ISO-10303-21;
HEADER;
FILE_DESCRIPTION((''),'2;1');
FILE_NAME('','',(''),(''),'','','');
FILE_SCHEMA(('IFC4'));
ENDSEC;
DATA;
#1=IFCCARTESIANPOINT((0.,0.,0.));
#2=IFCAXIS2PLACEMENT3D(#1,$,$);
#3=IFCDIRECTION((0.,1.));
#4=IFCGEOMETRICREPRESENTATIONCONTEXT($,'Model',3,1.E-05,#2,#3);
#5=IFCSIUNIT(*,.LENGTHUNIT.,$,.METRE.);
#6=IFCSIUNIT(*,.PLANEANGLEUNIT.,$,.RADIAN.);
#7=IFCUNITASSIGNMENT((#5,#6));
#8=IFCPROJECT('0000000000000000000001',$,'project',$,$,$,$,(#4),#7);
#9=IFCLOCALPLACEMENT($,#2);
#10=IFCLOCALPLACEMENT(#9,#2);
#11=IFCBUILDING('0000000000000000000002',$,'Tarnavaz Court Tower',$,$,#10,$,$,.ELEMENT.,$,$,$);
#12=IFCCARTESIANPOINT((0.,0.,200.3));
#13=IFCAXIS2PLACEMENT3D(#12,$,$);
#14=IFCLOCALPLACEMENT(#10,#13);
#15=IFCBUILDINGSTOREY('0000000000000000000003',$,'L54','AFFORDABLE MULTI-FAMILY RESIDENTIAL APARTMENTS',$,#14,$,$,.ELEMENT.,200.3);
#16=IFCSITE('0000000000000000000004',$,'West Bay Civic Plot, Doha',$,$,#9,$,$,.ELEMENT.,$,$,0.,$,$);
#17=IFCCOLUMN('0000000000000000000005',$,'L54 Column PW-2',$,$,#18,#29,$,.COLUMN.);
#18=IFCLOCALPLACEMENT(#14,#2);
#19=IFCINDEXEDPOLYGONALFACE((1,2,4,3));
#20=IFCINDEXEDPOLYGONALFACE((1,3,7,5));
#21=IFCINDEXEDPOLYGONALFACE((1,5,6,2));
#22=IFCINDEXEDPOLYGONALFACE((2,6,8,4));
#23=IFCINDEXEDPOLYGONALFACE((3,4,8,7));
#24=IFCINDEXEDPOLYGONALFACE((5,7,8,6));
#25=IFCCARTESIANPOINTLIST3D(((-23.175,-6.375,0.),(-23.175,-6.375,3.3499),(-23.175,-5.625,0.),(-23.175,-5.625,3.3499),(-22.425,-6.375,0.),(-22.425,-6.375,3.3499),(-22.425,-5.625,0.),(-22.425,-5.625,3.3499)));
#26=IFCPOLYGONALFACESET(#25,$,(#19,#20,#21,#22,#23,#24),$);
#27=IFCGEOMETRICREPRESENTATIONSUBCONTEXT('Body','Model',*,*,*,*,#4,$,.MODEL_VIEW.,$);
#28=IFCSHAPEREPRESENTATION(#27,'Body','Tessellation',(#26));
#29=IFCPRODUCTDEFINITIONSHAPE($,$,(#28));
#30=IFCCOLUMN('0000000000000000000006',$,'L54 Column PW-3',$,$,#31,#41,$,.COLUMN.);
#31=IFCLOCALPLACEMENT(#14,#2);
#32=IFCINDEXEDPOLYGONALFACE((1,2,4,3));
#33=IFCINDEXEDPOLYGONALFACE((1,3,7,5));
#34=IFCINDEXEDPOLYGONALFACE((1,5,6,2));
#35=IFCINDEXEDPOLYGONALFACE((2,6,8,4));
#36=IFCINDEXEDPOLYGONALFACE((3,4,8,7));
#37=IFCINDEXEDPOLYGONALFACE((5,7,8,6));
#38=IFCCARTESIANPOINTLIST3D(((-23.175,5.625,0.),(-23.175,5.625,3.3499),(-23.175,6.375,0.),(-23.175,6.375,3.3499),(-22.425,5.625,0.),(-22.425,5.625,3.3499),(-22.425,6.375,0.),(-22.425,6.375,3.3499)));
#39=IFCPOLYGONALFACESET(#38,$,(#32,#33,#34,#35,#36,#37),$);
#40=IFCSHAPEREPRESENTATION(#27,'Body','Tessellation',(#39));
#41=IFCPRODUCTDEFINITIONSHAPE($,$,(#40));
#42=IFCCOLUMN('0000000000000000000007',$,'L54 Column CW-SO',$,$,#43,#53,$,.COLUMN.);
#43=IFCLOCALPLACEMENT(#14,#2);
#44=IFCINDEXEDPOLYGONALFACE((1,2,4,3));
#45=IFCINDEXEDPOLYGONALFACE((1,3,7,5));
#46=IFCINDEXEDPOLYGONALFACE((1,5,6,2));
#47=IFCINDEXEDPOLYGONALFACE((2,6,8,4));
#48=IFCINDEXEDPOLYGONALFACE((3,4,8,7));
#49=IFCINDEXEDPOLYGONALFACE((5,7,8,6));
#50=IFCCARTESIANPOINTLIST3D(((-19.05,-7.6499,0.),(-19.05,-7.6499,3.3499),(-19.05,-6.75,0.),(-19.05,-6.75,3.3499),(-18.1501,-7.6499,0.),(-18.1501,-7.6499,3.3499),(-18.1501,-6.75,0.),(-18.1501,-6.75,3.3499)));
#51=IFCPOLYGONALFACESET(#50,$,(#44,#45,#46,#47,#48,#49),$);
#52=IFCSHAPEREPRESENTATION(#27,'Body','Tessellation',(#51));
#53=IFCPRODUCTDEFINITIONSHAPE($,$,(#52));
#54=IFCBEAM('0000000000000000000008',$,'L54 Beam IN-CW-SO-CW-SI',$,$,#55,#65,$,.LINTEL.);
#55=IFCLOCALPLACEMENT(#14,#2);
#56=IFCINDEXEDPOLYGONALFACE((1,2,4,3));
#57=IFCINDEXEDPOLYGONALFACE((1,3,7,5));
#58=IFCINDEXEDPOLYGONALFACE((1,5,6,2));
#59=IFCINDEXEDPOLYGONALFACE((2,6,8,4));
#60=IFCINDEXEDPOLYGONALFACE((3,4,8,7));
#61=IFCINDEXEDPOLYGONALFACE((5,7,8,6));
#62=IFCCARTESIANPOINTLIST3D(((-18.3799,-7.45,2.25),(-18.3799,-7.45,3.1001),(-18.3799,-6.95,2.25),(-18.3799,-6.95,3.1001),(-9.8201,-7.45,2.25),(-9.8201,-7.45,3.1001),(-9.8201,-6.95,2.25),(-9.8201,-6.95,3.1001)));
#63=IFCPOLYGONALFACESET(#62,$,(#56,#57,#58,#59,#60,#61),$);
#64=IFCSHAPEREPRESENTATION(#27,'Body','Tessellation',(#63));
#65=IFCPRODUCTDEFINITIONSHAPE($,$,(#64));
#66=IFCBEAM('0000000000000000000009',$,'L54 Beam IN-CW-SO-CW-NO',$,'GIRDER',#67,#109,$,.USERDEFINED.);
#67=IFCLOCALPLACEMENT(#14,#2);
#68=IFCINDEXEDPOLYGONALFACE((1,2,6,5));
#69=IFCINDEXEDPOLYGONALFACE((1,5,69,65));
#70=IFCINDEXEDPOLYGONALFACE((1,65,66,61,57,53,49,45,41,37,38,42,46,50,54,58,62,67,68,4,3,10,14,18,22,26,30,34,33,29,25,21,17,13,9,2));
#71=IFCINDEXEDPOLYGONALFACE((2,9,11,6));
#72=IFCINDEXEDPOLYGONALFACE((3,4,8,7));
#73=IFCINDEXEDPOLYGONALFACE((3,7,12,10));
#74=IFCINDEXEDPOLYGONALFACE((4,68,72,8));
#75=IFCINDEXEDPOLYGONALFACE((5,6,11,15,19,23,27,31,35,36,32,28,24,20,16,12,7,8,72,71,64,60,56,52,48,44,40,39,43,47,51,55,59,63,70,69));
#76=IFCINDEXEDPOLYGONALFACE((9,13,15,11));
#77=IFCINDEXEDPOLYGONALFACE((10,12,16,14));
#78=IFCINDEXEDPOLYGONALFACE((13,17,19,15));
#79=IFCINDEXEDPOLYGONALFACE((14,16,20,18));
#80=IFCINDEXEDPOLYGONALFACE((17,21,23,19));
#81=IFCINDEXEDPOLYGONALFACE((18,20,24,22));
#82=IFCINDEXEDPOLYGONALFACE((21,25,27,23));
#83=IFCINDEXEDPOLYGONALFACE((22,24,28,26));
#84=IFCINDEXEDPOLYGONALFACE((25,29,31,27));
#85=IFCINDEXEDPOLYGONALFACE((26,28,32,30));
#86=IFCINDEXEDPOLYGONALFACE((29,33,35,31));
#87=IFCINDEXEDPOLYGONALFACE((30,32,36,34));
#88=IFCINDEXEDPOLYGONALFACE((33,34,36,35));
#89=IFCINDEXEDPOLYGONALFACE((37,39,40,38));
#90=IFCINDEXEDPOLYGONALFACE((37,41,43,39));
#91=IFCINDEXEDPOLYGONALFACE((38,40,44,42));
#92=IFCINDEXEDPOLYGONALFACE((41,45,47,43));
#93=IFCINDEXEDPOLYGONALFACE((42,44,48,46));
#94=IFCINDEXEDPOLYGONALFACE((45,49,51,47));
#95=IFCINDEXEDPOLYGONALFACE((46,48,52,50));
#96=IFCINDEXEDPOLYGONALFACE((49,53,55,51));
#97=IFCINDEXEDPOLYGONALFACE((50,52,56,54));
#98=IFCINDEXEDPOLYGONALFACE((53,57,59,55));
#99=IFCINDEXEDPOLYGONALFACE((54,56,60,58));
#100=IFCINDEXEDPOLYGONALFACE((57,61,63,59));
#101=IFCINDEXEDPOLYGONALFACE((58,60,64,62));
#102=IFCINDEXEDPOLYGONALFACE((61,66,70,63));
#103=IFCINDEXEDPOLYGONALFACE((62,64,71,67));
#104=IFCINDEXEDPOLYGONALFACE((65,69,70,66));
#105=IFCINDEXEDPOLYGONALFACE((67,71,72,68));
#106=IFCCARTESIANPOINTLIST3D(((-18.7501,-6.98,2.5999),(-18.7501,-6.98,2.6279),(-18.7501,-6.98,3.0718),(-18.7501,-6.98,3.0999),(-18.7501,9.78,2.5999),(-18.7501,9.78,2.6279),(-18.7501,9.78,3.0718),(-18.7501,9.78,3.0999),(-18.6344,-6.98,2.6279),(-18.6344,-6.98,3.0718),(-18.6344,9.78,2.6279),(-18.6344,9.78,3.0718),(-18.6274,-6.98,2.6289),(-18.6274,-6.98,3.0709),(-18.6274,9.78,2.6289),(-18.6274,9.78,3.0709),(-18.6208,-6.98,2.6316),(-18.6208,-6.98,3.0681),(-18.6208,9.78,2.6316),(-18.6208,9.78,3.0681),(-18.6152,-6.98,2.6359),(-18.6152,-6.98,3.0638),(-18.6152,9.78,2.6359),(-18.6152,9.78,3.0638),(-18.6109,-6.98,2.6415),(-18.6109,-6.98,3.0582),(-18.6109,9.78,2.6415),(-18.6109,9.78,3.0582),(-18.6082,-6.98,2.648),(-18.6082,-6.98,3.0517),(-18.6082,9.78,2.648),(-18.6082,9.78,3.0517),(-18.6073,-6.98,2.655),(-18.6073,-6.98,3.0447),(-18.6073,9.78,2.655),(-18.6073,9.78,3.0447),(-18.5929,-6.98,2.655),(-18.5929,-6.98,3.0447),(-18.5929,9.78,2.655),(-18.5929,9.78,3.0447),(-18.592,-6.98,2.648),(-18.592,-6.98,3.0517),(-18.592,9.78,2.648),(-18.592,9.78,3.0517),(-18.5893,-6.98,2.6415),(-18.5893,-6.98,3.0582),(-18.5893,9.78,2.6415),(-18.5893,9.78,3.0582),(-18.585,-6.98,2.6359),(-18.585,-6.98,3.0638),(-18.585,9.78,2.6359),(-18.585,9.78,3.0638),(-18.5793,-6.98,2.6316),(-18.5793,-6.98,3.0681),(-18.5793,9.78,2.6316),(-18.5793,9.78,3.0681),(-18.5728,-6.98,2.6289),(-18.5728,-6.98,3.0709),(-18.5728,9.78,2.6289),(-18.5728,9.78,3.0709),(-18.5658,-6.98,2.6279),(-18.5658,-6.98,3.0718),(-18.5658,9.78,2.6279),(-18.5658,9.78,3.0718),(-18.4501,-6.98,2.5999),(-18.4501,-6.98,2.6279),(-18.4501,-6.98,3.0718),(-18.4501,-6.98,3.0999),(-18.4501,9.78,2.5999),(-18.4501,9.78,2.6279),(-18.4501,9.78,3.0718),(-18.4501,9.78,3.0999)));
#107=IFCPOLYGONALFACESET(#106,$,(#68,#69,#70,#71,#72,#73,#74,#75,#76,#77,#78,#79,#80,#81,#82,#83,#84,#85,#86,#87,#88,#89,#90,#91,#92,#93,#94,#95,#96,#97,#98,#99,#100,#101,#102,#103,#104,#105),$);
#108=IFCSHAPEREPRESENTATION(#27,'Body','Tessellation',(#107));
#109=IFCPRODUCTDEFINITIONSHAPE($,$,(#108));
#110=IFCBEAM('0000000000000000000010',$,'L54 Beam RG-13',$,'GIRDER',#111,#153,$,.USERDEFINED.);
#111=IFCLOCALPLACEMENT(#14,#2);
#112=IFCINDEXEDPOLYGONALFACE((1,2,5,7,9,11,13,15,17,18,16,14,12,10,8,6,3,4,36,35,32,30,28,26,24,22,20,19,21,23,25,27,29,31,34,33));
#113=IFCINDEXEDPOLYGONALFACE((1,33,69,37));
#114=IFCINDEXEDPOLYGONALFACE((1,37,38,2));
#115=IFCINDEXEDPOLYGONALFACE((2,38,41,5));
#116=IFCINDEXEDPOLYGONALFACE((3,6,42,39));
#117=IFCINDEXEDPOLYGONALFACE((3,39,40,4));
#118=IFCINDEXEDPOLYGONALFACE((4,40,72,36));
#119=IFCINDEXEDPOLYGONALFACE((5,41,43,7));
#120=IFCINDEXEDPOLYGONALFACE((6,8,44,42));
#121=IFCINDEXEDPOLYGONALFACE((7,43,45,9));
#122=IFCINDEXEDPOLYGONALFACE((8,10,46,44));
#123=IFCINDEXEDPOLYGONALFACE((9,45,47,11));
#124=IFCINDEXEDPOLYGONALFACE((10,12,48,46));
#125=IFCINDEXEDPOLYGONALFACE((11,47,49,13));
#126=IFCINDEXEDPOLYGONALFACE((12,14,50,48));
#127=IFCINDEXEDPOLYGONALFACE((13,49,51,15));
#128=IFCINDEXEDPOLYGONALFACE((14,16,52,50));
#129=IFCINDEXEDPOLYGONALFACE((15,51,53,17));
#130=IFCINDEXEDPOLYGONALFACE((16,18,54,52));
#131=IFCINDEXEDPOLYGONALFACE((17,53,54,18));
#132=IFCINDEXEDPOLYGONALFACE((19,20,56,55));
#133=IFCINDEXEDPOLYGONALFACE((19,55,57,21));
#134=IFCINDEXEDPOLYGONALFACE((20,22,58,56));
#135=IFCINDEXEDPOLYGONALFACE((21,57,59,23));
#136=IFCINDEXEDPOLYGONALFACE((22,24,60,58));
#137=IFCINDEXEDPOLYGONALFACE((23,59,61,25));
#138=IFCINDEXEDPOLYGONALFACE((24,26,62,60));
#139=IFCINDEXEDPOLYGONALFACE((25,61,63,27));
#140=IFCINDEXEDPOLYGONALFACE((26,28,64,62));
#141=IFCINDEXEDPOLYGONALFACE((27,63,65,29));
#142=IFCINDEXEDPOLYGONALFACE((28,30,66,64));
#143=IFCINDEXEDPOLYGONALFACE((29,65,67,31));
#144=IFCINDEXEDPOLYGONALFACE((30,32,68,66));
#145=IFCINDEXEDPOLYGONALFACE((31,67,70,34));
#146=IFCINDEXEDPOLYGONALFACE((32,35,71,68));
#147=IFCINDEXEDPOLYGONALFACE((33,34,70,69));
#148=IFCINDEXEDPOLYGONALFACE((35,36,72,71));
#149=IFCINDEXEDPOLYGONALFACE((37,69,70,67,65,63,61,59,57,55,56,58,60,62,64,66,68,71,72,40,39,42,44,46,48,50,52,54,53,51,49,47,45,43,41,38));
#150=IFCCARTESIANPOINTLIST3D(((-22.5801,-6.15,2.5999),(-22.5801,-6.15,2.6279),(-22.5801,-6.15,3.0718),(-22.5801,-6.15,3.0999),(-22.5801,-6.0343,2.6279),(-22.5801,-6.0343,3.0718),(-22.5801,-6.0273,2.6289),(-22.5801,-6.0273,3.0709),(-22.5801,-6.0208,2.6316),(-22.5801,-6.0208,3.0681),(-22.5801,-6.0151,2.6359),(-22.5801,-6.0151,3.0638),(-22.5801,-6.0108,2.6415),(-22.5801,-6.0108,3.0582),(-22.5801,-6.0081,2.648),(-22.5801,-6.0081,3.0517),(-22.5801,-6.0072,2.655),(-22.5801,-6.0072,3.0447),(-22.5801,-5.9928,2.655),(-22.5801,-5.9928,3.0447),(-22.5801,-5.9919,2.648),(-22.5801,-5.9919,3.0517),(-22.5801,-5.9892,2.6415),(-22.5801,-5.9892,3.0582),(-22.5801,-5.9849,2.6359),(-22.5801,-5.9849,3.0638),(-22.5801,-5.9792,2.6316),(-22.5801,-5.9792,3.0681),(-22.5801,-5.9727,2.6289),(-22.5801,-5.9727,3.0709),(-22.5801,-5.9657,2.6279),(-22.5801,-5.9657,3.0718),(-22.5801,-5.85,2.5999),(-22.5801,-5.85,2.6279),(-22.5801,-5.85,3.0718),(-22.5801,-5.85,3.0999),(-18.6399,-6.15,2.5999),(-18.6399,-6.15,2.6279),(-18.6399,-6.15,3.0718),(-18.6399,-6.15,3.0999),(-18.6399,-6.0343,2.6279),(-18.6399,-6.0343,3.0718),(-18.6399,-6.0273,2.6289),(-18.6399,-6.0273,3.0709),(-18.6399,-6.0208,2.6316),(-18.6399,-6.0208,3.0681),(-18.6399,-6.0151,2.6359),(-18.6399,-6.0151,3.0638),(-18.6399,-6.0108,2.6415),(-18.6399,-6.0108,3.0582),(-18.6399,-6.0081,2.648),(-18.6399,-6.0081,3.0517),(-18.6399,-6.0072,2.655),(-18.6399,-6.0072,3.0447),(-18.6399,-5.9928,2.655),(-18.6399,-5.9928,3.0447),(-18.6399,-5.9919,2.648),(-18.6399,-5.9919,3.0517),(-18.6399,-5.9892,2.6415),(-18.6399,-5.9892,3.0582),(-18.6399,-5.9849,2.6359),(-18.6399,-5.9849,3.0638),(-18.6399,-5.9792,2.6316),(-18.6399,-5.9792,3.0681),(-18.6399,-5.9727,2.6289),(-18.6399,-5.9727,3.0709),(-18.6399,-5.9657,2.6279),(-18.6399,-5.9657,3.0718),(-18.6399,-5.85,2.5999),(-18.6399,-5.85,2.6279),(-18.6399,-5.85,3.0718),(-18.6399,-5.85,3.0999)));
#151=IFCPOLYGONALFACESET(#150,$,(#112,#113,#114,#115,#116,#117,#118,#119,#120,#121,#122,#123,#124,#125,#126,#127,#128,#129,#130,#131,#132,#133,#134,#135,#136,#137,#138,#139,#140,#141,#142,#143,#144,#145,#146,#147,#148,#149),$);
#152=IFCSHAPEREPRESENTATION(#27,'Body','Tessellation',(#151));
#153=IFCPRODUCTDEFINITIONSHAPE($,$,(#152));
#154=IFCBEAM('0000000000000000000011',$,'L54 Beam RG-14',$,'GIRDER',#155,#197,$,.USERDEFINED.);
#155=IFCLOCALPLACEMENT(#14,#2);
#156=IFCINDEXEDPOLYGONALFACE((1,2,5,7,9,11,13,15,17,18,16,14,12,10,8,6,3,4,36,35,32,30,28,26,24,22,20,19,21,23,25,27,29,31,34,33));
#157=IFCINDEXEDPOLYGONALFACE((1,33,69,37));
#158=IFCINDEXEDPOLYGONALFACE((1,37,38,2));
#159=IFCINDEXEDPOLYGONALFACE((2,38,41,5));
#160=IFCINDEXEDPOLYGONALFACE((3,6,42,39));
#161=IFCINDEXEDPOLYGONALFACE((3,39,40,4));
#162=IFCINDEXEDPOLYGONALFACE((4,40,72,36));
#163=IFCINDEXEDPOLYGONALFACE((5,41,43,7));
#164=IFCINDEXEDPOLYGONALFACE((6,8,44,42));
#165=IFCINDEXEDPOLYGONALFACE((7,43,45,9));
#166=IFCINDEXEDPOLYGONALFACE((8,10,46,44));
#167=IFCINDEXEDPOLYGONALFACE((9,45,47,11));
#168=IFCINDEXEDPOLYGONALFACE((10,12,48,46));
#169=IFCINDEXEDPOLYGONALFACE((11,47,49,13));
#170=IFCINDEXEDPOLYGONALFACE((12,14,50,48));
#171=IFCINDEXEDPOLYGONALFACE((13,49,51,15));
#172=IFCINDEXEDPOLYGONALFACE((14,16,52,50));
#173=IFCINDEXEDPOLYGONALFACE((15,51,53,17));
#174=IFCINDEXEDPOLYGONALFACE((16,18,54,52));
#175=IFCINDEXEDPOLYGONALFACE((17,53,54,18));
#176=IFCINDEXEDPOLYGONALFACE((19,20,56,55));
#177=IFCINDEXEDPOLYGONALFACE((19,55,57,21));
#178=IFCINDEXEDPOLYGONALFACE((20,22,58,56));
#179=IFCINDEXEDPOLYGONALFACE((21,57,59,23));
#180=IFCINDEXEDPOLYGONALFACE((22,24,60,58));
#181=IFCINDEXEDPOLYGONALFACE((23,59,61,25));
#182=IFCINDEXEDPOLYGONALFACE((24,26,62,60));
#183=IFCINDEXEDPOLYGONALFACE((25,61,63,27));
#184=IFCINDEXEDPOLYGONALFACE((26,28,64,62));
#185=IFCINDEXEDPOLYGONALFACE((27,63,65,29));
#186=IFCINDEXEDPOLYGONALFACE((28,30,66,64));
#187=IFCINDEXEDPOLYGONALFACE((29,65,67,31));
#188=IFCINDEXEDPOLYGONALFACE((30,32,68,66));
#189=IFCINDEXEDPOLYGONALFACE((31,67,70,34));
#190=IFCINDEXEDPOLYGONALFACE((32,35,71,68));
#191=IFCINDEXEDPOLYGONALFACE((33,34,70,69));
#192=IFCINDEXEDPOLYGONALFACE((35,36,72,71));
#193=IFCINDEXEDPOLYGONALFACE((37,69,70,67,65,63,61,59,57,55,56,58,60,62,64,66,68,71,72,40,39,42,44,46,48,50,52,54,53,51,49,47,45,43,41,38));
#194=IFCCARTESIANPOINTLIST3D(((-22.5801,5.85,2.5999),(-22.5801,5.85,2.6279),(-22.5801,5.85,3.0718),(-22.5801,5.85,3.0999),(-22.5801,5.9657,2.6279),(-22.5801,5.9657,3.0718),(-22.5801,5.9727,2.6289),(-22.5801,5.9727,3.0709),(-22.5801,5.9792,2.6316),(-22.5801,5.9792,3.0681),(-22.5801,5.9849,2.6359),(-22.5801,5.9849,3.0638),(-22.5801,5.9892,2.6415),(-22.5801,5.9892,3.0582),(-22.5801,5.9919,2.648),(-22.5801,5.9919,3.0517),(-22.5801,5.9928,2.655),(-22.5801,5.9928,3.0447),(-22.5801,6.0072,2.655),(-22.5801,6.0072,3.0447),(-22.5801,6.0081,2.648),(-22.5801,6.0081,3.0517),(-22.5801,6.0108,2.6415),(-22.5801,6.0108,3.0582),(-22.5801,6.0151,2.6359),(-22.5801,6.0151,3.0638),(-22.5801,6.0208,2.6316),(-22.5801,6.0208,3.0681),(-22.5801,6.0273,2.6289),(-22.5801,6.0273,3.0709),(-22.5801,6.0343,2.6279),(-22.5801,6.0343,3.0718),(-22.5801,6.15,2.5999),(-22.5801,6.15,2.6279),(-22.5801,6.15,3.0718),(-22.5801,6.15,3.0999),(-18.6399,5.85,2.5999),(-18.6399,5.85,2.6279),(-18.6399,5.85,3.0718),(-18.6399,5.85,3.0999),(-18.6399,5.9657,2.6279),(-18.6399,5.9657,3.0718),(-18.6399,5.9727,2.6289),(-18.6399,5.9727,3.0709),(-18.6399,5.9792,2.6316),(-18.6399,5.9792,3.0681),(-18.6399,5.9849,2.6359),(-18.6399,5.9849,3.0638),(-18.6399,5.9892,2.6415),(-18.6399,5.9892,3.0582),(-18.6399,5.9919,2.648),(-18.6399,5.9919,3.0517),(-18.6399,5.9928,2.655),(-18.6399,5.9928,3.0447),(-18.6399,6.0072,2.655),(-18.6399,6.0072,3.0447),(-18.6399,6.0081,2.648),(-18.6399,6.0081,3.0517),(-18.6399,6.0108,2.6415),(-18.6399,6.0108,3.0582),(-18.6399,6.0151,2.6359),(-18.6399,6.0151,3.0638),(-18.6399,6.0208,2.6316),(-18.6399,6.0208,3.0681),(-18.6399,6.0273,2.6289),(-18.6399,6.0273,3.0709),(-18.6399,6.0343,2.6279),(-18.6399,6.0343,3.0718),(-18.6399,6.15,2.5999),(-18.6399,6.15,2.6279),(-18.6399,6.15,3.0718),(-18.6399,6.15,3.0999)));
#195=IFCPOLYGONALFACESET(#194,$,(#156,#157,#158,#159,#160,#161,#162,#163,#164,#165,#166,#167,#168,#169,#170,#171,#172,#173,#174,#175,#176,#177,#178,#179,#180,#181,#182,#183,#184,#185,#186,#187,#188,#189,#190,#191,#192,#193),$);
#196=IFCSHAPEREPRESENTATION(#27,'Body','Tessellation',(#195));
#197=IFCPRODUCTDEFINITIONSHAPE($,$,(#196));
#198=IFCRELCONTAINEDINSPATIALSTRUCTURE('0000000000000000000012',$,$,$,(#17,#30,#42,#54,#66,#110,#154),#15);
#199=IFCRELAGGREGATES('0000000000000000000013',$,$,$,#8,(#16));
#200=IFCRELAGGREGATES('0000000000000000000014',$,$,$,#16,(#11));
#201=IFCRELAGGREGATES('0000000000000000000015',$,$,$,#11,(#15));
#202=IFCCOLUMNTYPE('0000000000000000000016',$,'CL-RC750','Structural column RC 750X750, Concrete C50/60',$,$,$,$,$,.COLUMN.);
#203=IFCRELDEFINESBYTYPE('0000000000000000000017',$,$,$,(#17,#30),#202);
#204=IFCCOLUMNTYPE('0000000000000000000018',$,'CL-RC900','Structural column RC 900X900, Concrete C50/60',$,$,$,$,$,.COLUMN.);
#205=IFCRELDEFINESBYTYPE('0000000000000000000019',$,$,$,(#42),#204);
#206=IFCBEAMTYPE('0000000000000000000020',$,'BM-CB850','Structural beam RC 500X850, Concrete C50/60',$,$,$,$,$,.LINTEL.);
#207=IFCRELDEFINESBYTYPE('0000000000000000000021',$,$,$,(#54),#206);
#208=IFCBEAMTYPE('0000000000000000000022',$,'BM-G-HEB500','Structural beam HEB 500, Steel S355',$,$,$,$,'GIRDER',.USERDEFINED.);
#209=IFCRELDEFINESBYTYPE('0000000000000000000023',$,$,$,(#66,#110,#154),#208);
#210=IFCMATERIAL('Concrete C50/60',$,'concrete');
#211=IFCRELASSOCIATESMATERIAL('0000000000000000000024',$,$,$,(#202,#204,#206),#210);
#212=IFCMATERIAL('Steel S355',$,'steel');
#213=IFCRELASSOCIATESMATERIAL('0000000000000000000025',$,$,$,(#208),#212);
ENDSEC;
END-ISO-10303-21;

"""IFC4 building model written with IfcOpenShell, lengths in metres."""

from ifc_helpers import new_model, si_unit, direction, frame, origin, origin_2d, place, context, subcontext, project, spatial, rectangle, i_section, extrude, material, material_profile, profile_set, type_object, element, save


model = new_model("IFC4")

# Units and contexts
model_context = context("Model", 3, precision=1e-05, world=origin(), true_north=direction((0.0, 1.0)))
body_context = subcontext(model_context, "Body", "Model", "MODEL_VIEW")
ifc_project = project(units=[si_unit("LENGTHUNIT", "METRE"), si_unit("PLANEANGLEUNIT", "RADIAN")], contexts=[model_context])

# Site, building, storey
site_placement = place(None, origin())
site = spatial("IfcSite", under=ifc_project, at=site_placement, Name="West Bay Civic Plot, Doha", CompositionType="ELEMENT", RefElevation=0.0)
building_placement = place(site_placement, origin())
building = spatial("IfcBuilding", under=site, at=building_placement, Name="Tarnavaz Court Tower", CompositionType="ELEMENT")
storey_placement = place(building_placement, frame((0.0, 0.0, 200.3)))
storey = spatial("IfcBuildingStorey", under=building, at=storey_placement, Name="L54", Description="AFFORDABLE MULTI-FAMILY RESIDENTIAL APARTMENTS", CompositionType="ELEMENT", Elevation=200.3)

# Columns
ifc_material_1 = material(Name="Concrete C50/60", Category="concrete")
ifc_material_profile_1 = material_profile(ifc_material_1, rectangle(XDim=0.75, YDim=0.75, at=origin_2d()), Name="RC 750X750")
ifc_profile_set_1 = profile_set([ifc_material_profile_1], Name="Concrete C50/60")
column_type_1 = type_object("IfcColumnType", Name="CL-RC750", Description="Structural column RC 750X750, Concrete C50/60", PredefinedType="COLUMN", material=ifc_profile_set_1)
for number, where, z_axis, x_axis, name in (
    (1, (-22.8, -6.0, 0.0), (0.0, 0.0, 1.0), (1.0, 0.0, 0.0), "L54 Column PW-2"),
    (2, (-22.8, 6.0, 0.0), (0.0, 0.0, 1.0), (1.0, 0.0, 0.0), "L54 Column PW-3"),
):
    element("IfcColumn", number, at=place(storey_placement, frame(where, z_axis=z_axis, x_axis=x_axis)), inside=storey, type_object=column_type_1, Name=name, PredefinedType="COLUMN", context=body_context, shape_type="SweptSolid", body=[
        extrude(rectangle(XDim=0.75, YDim=0.75, at=origin_2d()), origin(), (0.0, 0.0, 1.0), 3.3499),
    ])
ifc_material_profile_2 = material_profile(ifc_material_1, rectangle(XDim=0.8999, YDim=0.8999, at=origin_2d()), Name="RC 900X900")
ifc_profile_set_2 = profile_set([ifc_material_profile_2], Name="Concrete C50/60")
column_type_2 = type_object("IfcColumnType", Name="CL-RC900", Description="Structural column RC 900X900, Concrete C50/60", PredefinedType="COLUMN", material=ifc_profile_set_2)
column_placement = place(storey_placement, frame((-18.6001, -7.2, 0.0), z_axis=(0.0, 0.0, 1.0), x_axis=(1.0, 0.0, 0.0)))
element("IfcColumn", 3, at=column_placement, inside=storey, type_object=column_type_2, Name="L54 Column CW-SO", PredefinedType="COLUMN", context=body_context, shape_type="SweptSolid", body=[
    extrude(rectangle(XDim=0.8999, YDim=0.8999, at=origin_2d()), origin(), (0.0, 0.0, 1.0), 3.3499),
])

# Beams
ifc_material_profile_3 = material_profile(ifc_material_1, rectangle(XDim=0.5, YDim=0.8501, at=origin_2d()), Name="RC 500X850")
ifc_profile_set_3 = profile_set([ifc_material_profile_3], Name="Concrete C50/60")
beam_type_1 = type_object("IfcBeamType", Name="BM-CB850", Description="Structural beam RC 500X850, Concrete C50/60", PredefinedType="LINTEL", material=ifc_profile_set_3)
beam_1_placement = place(storey_placement, frame((-18.3799, -7.2, 2.675), z_axis=(1.0, 0.0, 0.0), x_axis=(0.0, 1.0, 0.0)))
element("IfcBeam", 4, at=beam_1_placement, inside=storey, type_object=beam_type_1, Name="L54 Beam IN-CW-SO-CW-SI", PredefinedType="LINTEL", context=body_context, shape_type="SweptSolid", body=[
    extrude(rectangle(XDim=0.5, YDim=0.8501, at=origin_2d()), origin(), (0.0, 0.0, 1.0), 8.5598),
])
ifc_material_2 = material(Name="Steel S355", Category="steel")
ifc_material_profile_4 = material_profile(ifc_material_2, i_section(OverallWidth=0.3, OverallDepth=0.5, WebThickness=0.0144, FlangeThickness=0.0281, FilletRadius=0.0271, at=origin_2d()), Name="HEB 500")
ifc_profile_set_4 = profile_set([ifc_material_profile_4], Name="Steel S355")
beam_type_2 = type_object("IfcBeamType", Name="BM-G-HEB500", Description="Structural beam HEB 500, Steel S355", ElementType="GIRDER", PredefinedType="USERDEFINED", material=ifc_profile_set_4)
beam_2_placement = place(storey_placement, frame((-18.6001, -6.98, 2.8499), z_axis=(0.0, 1.0, 0.0), x_axis=(-1.0, 0.0, 0.0)))
element("IfcBeam", 5, at=beam_2_placement, inside=storey, type_object=beam_type_2, Name="L54 Beam IN-CW-SO-CW-NO", ObjectType="GIRDER", PredefinedType="USERDEFINED", context=body_context, shape_type="SweptSolid", body=[
    extrude(i_section(OverallWidth=0.3, OverallDepth=0.5, WebThickness=0.0144, FlangeThickness=0.0281, FilletRadius=0.0271, at=origin_2d()), origin(), (0.0, 0.0, 1.0), 16.76),
])
for number, where, z_axis, x_axis, name in (
    (6, (-18.6399, -6.0, 2.8499), (-1.0, 0.0, 0.0), (0.0, -1.0, 0.0), "L54 Beam RG-13"),
    (7, (-18.6399, 6.0, 2.8499), (-1.0, 0.0, 0.0), (0.0, -1.0, 0.0), "L54 Beam RG-14"),
):
    element("IfcBeam", number, at=place(storey_placement, frame(where, z_axis=z_axis, x_axis=x_axis)), inside=storey, type_object=beam_type_2, Name=name, ObjectType="GIRDER", PredefinedType="USERDEFINED", context=body_context, shape_type="SweptSolid", body=[
        extrude(i_section(OverallWidth=0.3, OverallDepth=0.5, WebThickness=0.0144, FlangeThickness=0.0281, FilletRadius=0.0271, at=origin_2d()), origin(), (0.0, 0.0, 1.0), 3.9402),
    ])

save(model, "model.ifc")
